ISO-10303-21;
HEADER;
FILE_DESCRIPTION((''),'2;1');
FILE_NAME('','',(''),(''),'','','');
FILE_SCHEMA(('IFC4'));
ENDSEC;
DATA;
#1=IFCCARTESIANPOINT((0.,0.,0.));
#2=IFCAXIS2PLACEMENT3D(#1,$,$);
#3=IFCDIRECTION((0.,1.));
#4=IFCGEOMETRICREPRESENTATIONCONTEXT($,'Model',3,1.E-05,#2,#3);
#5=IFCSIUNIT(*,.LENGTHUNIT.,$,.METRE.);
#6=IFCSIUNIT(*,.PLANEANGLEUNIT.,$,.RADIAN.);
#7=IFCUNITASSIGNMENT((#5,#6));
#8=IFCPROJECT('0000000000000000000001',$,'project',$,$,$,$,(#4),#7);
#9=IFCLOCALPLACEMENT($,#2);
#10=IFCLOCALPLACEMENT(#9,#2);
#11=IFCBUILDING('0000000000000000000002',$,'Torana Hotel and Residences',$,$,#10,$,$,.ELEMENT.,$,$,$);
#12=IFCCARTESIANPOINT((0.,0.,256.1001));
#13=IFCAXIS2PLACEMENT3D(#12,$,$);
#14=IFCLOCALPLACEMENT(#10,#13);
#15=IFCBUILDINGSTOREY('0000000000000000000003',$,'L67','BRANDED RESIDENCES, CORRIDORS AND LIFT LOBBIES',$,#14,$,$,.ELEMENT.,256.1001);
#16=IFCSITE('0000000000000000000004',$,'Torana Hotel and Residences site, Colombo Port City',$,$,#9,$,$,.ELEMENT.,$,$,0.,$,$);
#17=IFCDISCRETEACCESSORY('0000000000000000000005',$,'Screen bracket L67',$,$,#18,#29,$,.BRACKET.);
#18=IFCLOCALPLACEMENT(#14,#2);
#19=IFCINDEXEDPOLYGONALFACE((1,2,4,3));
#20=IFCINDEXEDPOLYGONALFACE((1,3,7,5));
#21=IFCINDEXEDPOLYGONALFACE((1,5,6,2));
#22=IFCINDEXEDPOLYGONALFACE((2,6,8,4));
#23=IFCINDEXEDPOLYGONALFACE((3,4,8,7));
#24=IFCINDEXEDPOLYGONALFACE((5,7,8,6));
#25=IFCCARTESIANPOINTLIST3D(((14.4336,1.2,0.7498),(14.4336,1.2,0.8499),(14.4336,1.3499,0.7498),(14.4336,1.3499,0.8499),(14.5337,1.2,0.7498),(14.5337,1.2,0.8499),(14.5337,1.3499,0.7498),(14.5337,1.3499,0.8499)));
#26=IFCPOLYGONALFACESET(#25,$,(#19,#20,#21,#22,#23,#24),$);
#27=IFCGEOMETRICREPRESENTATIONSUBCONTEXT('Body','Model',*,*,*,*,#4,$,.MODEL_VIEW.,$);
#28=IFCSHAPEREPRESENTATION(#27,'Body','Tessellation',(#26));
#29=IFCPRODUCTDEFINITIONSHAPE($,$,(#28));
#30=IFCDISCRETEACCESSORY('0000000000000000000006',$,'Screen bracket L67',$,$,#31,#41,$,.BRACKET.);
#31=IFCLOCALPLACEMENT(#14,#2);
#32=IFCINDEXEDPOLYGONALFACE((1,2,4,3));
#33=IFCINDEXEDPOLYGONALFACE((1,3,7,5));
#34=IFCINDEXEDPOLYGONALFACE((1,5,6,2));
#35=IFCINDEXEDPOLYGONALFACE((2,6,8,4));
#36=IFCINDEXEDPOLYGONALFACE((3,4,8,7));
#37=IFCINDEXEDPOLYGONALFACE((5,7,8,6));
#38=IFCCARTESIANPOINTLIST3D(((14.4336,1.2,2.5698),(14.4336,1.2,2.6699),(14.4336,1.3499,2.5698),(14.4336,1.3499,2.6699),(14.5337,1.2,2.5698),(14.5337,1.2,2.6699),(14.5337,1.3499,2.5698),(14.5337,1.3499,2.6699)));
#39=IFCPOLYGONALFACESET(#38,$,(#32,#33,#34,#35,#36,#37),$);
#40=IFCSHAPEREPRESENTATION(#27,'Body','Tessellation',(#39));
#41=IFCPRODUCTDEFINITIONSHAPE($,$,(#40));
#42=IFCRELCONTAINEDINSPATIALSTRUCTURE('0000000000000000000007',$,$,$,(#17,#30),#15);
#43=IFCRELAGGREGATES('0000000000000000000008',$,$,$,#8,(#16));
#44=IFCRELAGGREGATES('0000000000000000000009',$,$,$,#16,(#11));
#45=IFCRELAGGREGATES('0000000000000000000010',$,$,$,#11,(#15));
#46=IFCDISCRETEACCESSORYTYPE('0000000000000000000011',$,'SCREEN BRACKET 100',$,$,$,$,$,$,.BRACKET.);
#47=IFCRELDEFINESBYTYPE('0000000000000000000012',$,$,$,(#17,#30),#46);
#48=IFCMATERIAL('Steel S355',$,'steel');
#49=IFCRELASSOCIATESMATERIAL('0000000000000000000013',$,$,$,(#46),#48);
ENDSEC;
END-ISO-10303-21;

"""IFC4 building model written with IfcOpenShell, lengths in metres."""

from ifc_helpers import new_model, si_unit, direction, frame, origin, origin_2d, place, context, subcontext, project, spatial, rectangle, extrude, material, type_object, element, save


model = new_model("IFC4")

# Units and contexts
model_context = context("Model", 3, precision=1e-05, world=origin(), true_north=direction((0.0, 1.0)))
body_context = subcontext(model_context, "Body", "Model", "MODEL_VIEW")
ifc_project = project(units=[si_unit("LENGTHUNIT", "METRE"), si_unit("PLANEANGLEUNIT", "RADIAN")], contexts=[model_context])

# Site, building, storey
site_placement = place(None, origin())
site = spatial("IfcSite", under=ifc_project, at=site_placement, Name="Torana Hotel and Residences site, Colombo Port City", CompositionType="ELEMENT", RefElevation=0.0)
building_placement = place(site_placement, origin())
building = spatial("IfcBuilding", under=site, at=building_placement, Name="Torana Hotel and Residences", CompositionType="ELEMENT")
storey_placement = place(building_placement, frame((0.0, 0.0, 256.1001)))
storey = spatial("IfcBuildingStorey", under=building, at=storey_placement, Name="L67", Description="BRANDED RESIDENCES, CORRIDORS AND LIFT LOBBIES", CompositionType="ELEMENT", Elevation=256.1001)

# Discrete accessories
ifc_material_1 = material(Name="Steel S355", Category="steel")
discrete_accessory_type = type_object("IfcDiscreteAccessoryType", Name="SCREEN BRACKET 100", PredefinedType="BRACKET", material=ifc_material_1)
for number, where, z_axis, x_axis, name in (
    (1, (14.4836, 1.2749, 0.7498), (0.0, 0.0, 1.0), (-1.0, 0.0, 0.0), "Screen bracket L67"),
    (2, (14.4836, 1.2749, 2.5698), (0.0, 0.0, 1.0), (-1.0, 0.0, 0.0), "Screen bracket L67"),
):
    element("IfcDiscreteAccessory", number, at=place(storey_placement, frame(where, z_axis=z_axis, x_axis=x_axis)), inside=storey, type_object=discrete_accessory_type, Name=name, PredefinedType="BRACKET", context=body_context, shape_type="SweptSolid", body=[
        extrude(rectangle(XDim=0.1001, YDim=0.1499, at=origin_2d()), origin(), (0.0, 0.0, 1.0), 0.1001),
    ])

save(model, "model.ifc")
